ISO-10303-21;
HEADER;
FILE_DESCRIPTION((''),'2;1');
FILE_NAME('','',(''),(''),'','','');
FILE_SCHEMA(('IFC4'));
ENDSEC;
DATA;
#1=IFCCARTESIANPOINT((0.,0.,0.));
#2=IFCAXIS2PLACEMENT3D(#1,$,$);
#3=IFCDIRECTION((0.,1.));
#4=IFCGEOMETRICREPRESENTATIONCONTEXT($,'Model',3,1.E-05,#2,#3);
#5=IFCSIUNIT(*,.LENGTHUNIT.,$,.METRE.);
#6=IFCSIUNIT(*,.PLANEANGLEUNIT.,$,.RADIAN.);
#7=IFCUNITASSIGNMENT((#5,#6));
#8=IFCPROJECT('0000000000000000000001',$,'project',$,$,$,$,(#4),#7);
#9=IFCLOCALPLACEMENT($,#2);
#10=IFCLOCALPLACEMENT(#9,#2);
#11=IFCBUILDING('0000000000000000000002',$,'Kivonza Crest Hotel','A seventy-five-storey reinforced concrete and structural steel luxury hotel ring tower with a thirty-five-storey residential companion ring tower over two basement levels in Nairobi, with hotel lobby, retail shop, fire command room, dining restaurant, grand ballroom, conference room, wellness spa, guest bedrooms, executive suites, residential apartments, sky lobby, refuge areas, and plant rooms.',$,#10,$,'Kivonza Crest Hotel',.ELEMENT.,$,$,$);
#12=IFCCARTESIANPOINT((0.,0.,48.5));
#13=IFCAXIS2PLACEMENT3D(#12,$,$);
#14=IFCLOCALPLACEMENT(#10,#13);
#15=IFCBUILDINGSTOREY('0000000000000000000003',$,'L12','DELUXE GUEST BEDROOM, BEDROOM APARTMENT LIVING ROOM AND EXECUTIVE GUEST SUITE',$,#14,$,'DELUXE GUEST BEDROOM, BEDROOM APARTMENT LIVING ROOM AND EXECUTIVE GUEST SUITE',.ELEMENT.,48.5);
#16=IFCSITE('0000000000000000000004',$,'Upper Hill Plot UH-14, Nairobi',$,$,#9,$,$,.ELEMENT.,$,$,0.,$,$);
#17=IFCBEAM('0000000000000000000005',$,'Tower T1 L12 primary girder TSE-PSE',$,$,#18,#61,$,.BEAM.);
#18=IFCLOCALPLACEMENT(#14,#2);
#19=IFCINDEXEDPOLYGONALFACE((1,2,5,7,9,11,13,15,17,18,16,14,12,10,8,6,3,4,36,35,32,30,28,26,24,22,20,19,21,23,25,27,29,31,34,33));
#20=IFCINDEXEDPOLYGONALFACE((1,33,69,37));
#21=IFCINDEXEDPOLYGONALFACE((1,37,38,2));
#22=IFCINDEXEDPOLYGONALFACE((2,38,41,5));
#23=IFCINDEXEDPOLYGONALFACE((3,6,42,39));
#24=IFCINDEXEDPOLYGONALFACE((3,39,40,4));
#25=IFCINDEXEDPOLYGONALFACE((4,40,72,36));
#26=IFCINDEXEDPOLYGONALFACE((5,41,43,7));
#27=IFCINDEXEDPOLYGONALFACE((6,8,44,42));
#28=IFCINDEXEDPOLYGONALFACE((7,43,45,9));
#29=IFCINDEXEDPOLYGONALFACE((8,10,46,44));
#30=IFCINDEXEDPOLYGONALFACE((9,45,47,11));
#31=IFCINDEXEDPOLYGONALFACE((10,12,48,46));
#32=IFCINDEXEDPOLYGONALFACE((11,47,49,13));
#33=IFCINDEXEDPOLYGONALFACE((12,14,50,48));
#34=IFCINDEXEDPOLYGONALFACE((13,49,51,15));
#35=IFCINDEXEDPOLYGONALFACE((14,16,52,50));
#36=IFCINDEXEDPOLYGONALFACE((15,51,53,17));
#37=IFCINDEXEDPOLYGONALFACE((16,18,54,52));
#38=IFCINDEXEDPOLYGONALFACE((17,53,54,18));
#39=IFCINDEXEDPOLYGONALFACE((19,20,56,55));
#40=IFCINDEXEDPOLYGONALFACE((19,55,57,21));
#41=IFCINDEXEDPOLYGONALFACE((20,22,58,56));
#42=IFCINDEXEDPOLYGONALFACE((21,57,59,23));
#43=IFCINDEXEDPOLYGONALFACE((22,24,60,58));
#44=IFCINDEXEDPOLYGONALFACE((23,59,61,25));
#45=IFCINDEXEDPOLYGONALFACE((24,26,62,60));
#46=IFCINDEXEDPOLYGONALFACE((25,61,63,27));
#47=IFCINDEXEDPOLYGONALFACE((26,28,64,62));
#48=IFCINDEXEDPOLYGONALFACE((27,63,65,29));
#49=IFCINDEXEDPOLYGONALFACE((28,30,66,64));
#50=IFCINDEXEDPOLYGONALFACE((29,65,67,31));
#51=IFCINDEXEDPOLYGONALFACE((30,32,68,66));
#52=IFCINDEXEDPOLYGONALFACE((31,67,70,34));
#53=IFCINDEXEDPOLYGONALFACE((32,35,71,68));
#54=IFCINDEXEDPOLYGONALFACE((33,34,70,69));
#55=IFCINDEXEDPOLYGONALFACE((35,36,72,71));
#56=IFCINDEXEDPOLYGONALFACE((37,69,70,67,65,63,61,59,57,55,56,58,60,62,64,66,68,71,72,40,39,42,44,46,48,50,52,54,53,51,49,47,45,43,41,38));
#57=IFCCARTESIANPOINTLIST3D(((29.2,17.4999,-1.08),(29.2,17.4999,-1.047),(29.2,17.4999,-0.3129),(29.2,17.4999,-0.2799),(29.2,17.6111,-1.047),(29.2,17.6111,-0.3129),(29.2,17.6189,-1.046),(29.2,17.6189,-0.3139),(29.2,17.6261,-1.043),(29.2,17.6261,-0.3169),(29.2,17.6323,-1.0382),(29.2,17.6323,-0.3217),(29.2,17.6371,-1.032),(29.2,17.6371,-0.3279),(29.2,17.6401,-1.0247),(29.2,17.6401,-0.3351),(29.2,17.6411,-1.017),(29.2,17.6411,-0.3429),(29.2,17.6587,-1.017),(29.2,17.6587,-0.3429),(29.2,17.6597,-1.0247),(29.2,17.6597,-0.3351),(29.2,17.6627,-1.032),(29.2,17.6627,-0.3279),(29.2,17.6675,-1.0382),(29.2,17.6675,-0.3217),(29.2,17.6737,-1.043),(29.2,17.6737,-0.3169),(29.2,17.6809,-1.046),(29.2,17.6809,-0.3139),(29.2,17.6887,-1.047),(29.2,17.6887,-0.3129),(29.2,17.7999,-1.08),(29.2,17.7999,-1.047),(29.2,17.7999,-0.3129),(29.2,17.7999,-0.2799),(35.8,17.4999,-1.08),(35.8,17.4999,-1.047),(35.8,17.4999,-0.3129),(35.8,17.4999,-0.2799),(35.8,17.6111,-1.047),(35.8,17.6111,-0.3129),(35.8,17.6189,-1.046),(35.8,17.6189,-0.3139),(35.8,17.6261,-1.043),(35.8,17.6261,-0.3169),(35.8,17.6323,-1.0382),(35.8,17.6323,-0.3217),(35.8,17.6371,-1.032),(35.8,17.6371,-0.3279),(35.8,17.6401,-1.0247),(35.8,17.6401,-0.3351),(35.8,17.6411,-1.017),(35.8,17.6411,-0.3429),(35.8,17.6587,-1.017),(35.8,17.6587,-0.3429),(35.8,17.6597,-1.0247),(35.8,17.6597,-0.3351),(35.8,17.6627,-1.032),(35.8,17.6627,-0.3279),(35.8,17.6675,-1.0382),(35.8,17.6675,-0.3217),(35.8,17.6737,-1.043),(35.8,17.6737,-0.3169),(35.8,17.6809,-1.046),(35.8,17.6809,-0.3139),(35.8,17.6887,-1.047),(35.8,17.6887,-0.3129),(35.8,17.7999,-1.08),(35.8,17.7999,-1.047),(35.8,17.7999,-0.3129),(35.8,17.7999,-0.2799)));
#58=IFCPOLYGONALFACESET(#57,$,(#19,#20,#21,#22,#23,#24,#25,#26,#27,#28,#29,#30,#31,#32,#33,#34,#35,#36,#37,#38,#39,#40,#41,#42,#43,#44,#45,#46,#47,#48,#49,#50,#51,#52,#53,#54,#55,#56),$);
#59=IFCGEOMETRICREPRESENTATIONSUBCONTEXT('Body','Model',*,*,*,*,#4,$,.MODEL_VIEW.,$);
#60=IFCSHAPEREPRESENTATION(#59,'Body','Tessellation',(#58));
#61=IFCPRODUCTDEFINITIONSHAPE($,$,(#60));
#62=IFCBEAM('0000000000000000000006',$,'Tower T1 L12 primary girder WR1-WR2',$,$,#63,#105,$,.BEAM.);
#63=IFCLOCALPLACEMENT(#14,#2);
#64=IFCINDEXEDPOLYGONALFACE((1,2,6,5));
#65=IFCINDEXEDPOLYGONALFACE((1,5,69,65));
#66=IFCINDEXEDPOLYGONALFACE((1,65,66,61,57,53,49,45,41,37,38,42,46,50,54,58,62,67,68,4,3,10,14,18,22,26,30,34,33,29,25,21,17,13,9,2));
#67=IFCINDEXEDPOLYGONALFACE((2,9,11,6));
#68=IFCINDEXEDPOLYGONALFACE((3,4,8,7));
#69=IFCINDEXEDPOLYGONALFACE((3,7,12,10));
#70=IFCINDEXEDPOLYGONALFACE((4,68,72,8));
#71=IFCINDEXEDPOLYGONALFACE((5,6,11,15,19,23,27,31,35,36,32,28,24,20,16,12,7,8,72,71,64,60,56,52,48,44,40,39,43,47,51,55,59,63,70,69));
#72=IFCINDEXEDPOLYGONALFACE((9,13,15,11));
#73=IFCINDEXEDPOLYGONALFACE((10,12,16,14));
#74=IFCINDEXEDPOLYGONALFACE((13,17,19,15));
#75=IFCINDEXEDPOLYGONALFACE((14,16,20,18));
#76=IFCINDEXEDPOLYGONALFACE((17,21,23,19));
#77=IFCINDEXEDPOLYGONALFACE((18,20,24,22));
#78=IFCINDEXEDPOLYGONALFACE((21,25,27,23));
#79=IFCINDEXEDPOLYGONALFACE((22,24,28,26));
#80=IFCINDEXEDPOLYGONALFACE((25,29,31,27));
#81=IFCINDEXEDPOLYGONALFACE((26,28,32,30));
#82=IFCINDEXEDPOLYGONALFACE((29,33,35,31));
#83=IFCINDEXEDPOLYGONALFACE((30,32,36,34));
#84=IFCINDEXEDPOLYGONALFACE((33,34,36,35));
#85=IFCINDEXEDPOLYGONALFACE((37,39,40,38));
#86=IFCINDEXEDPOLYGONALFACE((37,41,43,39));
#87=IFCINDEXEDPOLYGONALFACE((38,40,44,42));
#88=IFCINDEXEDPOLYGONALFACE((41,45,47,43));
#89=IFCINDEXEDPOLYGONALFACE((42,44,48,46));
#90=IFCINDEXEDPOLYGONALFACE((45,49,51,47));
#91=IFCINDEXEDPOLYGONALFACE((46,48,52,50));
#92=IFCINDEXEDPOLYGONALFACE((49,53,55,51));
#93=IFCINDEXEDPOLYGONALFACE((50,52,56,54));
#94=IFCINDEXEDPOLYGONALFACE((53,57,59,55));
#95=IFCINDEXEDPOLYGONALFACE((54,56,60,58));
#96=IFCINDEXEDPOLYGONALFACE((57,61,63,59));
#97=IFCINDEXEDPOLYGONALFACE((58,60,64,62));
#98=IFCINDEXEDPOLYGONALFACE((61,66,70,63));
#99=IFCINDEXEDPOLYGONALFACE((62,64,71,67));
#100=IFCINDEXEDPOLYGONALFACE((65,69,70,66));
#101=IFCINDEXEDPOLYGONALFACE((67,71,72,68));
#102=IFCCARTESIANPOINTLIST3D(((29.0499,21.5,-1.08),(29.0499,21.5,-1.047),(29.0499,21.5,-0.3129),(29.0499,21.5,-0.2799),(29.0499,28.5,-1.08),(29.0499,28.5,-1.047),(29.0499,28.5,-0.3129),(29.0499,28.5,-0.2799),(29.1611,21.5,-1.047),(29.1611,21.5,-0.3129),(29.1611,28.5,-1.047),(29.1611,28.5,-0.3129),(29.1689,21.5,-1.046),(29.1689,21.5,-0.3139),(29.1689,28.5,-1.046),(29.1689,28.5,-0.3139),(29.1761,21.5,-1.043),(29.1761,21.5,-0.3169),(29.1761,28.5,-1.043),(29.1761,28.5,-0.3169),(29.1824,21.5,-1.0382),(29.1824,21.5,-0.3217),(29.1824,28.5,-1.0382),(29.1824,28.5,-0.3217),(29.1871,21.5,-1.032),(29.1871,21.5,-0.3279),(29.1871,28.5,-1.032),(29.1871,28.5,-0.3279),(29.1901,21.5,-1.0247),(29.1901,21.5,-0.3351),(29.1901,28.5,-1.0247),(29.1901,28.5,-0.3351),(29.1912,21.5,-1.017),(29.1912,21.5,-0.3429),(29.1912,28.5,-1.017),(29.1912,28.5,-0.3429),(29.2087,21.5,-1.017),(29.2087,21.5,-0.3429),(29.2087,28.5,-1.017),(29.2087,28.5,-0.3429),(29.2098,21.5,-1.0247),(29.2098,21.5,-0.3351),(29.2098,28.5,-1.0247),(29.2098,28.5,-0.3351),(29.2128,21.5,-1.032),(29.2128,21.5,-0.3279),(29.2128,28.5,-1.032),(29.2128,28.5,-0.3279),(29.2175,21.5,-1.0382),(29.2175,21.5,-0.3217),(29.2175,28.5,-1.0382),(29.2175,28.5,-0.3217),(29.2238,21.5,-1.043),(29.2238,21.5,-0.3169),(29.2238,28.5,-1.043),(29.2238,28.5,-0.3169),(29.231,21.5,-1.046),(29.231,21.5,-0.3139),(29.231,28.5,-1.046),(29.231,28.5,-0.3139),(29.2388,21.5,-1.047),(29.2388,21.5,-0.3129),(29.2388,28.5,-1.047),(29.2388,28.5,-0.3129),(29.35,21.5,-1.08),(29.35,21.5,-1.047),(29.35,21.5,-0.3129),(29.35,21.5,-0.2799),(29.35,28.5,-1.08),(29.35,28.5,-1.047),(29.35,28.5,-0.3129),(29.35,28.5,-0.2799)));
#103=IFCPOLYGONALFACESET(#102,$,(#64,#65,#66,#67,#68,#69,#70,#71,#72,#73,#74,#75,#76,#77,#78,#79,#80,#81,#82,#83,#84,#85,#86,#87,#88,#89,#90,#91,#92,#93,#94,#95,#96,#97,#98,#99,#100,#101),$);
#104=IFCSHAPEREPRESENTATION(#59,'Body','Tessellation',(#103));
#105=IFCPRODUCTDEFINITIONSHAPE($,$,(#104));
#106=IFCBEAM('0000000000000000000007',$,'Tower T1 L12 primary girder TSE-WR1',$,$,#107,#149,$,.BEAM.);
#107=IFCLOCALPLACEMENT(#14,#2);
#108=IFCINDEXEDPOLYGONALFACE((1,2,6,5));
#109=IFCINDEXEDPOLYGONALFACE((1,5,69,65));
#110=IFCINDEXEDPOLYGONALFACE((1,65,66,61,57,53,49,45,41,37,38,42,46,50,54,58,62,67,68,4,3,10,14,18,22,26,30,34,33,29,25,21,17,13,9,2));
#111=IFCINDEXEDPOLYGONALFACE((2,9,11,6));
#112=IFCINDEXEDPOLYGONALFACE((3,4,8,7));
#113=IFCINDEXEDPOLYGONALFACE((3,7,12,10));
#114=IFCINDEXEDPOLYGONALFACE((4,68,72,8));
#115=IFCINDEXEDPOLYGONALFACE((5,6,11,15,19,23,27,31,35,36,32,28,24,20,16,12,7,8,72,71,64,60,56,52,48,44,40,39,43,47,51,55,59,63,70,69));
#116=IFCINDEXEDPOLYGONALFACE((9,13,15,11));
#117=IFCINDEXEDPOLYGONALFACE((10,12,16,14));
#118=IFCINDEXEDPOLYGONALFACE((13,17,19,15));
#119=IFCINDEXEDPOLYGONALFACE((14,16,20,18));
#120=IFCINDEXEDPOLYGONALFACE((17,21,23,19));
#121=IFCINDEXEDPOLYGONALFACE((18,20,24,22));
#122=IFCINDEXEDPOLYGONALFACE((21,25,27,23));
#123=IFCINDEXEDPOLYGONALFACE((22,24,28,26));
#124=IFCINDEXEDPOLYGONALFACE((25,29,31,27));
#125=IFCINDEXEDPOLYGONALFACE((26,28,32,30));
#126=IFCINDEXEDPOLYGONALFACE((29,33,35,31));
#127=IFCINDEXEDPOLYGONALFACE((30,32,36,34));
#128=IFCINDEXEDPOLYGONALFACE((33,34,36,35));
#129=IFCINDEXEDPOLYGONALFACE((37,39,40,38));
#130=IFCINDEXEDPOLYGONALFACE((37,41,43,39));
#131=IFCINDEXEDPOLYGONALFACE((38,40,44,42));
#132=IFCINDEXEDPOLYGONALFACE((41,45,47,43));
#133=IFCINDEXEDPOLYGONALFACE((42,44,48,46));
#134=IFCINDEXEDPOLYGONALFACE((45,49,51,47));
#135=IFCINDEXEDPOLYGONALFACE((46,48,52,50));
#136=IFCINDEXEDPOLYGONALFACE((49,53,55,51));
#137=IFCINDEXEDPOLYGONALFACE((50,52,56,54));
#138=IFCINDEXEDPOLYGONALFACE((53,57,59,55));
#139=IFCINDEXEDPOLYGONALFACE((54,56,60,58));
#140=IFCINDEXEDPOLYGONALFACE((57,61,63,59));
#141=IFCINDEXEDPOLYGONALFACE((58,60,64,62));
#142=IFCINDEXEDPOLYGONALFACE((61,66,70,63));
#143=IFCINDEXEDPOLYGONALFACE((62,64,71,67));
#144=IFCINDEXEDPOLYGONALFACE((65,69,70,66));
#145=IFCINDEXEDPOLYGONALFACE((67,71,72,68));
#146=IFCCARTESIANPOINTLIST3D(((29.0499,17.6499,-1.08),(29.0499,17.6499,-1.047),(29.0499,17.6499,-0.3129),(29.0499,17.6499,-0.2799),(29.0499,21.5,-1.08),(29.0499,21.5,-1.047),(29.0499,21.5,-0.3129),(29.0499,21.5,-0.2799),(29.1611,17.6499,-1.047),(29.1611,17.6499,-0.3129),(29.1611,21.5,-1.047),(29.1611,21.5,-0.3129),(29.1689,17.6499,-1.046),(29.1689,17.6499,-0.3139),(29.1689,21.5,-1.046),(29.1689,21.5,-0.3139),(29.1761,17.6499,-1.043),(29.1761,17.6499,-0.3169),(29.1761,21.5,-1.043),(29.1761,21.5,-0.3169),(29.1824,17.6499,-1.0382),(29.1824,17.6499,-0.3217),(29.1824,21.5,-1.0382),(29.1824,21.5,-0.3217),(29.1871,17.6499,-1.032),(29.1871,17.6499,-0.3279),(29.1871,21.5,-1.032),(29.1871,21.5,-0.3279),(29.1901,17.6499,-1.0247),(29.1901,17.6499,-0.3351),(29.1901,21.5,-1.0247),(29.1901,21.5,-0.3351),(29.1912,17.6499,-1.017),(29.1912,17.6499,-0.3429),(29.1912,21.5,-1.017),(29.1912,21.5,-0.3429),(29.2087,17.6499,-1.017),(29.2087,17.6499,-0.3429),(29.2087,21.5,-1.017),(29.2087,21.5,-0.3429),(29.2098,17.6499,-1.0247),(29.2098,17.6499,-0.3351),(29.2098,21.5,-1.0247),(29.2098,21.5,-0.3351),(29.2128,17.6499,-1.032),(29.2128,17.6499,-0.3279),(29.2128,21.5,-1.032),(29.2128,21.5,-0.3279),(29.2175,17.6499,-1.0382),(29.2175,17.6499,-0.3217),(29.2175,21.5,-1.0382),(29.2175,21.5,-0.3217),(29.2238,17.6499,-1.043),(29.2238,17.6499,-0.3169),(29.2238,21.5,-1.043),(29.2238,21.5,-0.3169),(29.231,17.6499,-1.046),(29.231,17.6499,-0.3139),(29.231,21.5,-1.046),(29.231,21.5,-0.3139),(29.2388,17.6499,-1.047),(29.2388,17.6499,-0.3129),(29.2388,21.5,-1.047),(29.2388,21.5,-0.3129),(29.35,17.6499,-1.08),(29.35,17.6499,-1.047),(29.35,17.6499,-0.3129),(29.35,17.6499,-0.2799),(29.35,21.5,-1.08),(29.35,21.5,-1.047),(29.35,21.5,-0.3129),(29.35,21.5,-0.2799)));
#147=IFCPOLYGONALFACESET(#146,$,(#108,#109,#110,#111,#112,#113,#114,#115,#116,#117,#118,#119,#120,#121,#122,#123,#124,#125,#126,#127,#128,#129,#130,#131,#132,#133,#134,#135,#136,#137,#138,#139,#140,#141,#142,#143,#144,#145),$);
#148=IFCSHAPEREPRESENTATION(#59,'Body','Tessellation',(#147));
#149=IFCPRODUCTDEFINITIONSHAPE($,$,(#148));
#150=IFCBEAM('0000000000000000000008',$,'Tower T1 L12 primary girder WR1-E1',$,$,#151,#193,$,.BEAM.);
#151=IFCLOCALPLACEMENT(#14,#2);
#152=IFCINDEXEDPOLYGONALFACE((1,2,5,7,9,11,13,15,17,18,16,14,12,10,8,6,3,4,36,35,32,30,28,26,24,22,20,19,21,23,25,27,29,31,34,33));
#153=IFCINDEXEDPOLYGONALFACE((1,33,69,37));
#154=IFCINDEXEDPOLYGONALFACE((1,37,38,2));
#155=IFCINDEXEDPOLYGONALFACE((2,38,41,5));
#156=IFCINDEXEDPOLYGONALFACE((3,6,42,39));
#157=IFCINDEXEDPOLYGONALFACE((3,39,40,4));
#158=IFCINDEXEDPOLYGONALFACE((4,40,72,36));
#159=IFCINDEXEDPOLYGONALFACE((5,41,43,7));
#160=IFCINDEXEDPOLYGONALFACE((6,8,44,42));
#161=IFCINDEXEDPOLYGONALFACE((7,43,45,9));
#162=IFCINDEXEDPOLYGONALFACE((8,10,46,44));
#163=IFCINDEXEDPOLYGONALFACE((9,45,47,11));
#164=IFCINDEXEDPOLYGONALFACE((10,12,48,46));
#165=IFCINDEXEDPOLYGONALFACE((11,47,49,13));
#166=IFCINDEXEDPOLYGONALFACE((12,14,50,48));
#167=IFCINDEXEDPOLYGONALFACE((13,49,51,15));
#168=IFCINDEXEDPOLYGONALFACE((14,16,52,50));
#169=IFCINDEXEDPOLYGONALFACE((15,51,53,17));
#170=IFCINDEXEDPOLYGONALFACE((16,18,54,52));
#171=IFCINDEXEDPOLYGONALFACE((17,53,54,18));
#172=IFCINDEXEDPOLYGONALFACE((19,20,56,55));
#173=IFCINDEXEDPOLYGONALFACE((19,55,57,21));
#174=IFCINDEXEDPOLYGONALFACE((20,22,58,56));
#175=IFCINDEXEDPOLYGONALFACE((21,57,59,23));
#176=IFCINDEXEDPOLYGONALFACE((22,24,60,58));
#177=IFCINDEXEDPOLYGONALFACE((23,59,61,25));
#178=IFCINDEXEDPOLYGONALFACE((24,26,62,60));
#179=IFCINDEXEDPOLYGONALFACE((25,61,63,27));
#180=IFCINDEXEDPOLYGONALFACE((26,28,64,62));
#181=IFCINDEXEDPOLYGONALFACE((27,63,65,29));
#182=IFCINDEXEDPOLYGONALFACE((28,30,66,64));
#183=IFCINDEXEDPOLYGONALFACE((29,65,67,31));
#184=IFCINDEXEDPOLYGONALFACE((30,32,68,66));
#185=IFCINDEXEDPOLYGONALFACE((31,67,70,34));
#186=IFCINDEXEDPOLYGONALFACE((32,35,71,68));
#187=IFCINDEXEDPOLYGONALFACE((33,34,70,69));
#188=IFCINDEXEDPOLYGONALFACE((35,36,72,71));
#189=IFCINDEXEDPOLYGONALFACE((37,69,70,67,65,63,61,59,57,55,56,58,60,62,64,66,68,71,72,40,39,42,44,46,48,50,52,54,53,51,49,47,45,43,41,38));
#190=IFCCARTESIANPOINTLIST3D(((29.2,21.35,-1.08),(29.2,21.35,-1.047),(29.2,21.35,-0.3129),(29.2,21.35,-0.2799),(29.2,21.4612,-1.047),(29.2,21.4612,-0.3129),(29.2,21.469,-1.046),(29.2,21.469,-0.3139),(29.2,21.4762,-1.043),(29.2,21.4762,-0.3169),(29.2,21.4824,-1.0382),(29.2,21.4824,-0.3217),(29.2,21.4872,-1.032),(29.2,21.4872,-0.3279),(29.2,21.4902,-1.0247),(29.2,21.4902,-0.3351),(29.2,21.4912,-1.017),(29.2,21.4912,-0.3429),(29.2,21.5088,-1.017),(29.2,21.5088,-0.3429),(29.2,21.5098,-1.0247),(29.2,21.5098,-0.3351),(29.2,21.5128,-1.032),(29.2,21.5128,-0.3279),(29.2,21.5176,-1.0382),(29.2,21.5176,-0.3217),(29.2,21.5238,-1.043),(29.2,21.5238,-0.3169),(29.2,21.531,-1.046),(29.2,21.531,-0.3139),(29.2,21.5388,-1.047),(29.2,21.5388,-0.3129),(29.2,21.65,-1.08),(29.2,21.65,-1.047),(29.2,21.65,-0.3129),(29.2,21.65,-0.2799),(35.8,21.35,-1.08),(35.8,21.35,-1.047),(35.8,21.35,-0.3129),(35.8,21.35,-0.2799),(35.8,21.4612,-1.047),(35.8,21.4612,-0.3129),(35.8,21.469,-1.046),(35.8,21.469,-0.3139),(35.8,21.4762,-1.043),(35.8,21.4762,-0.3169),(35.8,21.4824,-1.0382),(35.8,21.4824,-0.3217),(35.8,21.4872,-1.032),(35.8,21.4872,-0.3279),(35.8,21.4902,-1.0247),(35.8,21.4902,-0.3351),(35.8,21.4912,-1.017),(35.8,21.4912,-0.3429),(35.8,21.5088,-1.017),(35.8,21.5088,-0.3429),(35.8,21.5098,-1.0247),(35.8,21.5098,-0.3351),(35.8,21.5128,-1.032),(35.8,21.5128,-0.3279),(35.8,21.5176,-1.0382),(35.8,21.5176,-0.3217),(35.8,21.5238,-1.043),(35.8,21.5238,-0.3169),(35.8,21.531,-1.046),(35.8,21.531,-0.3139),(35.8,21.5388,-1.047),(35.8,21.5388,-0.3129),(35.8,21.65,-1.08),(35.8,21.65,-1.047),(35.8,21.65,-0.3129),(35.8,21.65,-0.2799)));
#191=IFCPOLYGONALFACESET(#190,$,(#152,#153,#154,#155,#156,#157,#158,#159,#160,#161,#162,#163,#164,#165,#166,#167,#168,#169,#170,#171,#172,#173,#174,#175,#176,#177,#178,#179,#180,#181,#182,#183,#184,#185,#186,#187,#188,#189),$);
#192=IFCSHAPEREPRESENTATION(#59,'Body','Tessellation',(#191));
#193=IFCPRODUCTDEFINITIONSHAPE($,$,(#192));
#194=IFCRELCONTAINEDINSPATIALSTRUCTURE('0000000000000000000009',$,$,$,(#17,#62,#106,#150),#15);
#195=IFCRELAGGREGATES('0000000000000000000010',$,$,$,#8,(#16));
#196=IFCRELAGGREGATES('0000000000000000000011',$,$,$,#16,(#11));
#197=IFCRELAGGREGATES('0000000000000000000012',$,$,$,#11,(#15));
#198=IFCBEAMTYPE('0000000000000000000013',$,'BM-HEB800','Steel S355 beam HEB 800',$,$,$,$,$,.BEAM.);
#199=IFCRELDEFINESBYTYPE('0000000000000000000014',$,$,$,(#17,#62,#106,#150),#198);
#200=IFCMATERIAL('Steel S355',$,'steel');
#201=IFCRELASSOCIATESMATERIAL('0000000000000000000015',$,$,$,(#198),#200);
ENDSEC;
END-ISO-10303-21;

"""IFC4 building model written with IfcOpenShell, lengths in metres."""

from ifc_helpers import new_model, si_unit, direction, frame, origin, origin_2d, place, context, subcontext, project, spatial, i_section, extrude, material, material_profile, profile_set, type_object, element, save


model = new_model("IFC4")

# Units and contexts
model_context = context("Model", 3, precision=1e-05, world=origin(), true_north=direction((0.0, 1.0)))
body_context = subcontext(model_context, "Body", "Model", "MODEL_VIEW")
ifc_project = project(units=[si_unit("LENGTHUNIT", "METRE"), si_unit("PLANEANGLEUNIT", "RADIAN")], contexts=[model_context])

# Site, building, storey
site_placement = place(None, origin())
site = spatial("IfcSite", under=ifc_project, at=site_placement, Name="Upper Hill Plot UH-14, Nairobi", CompositionType="ELEMENT", RefElevation=0.0)
building_placement = place(site_placement, origin())
building = spatial("IfcBuilding", under=site, at=building_placement, Name="Kivonza Crest Hotel", Description="A seventy-five-storey reinforced concrete and structural steel luxury hotel ring tower with a thirty-five-storey residential companion ring tower over two basement levels in Nairobi, with hotel lobby, retail shop, fire command room, dining restaurant, grand ballroom, conference room, wellness spa, guest bedrooms, executive suites, residential apartments, sky lobby, refuge areas, and plant rooms.", LongName="Kivonza Crest Hotel", CompositionType="ELEMENT")
storey_placement = place(building_placement, frame((0.0, 0.0, 48.5)))
storey = spatial("IfcBuildingStorey", under=building, at=storey_placement, Name="L12", Description="DELUXE GUEST BEDROOM, BEDROOM APARTMENT LIVING ROOM AND EXECUTIVE GUEST SUITE", LongName="DELUXE GUEST BEDROOM, BEDROOM APARTMENT LIVING ROOM AND EXECUTIVE GUEST SUITE", CompositionType="ELEMENT", Elevation=48.5)

# Beams
ifc_material_1 = material(Name="Steel S355", Category="steel")
ifc_material_profile_1 = material_profile(ifc_material_1, i_section(OverallWidth=0.3, OverallDepth=0.8, WebThickness=0.0176, FlangeThickness=0.033, FilletRadius=0.03, at=origin_2d()), Name="HEB 800")
ifc_profile_set_1 = profile_set([ifc_material_profile_1], Name="Steel S355")
beam_type_1 = type_object("IfcBeamType", Name="BM-HEB800", Description="Steel S355 beam HEB 800", PredefinedType="BEAM", material=ifc_profile_set_1)
beam_1_placement = place(storey_placement, frame((29.2, 17.6499, -0.6799), z_axis=(1.0, 0.0, 0.0), x_axis=(0.0, 1.0, 0.0)))
element("IfcBeam", 1, at=beam_1_placement, inside=storey, type_object=beam_type_1, Name="Tower T1 L12 primary girder TSE-PSE", PredefinedType="BEAM", context=body_context, shape_type="SweptSolid", body=[
    extrude(i_section(OverallWidth=0.3, OverallDepth=0.8, WebThickness=0.0176, FlangeThickness=0.033, FilletRadius=0.03, at=origin_2d()), origin(), (0.0, 0.0, 1.0), 6.6001),
])
beam_2_placement = place(storey_placement, frame((29.2, 21.5, -0.6799), z_axis=(0.0, 1.0, 0.0), x_axis=(-1.0, 0.0, 0.0)))
element("IfcBeam", 2, at=beam_2_placement, inside=storey, type_object=beam_type_1, Name="Tower T1 L12 primary girder WR1-WR2", PredefinedType="BEAM", context=body_context, shape_type="SweptSolid", body=[
    extrude(i_section(OverallWidth=0.3, OverallDepth=0.8, WebThickness=0.0176, FlangeThickness=0.033, FilletRadius=0.03, at=origin_2d()), origin(), (0.0, 0.0, 1.0), 7.0),
])
beam_3_placement = place(storey_placement, frame((29.2, 17.6499, -0.6799), z_axis=(0.0, 1.0, 0.0), x_axis=(-1.0, 0.0, 0.0)))
element("IfcBeam", 3, at=beam_3_placement, inside=storey, type_object=beam_type_1, Name="Tower T1 L12 primary girder TSE-WR1", PredefinedType="BEAM", context=body_context, shape_type="SweptSolid", body=[
    extrude(i_section(OverallWidth=0.3, OverallDepth=0.8, WebThickness=0.0176, FlangeThickness=0.033, FilletRadius=0.03, at=origin_2d()), origin(), (0.0, 0.0, 1.0), 3.8501),
])
beam_4_placement = place(storey_placement, frame((29.2, 21.5, -0.6799), z_axis=(1.0, 0.0, 0.0), x_axis=(0.0, 1.0, 0.0)))
element("IfcBeam", 4, at=beam_4_placement, inside=storey, type_object=beam_type_1, Name="Tower T1 L12 primary girder WR1-E1", PredefinedType="BEAM", context=body_context, shape_type="SweptSolid", body=[
    extrude(i_section(OverallWidth=0.3, OverallDepth=0.8, WebThickness=0.0176, FlangeThickness=0.033, FilletRadius=0.03, at=origin_2d()), origin(), (0.0, 0.0, 1.0), 6.6001),
])

save(model, "model.ifc")
